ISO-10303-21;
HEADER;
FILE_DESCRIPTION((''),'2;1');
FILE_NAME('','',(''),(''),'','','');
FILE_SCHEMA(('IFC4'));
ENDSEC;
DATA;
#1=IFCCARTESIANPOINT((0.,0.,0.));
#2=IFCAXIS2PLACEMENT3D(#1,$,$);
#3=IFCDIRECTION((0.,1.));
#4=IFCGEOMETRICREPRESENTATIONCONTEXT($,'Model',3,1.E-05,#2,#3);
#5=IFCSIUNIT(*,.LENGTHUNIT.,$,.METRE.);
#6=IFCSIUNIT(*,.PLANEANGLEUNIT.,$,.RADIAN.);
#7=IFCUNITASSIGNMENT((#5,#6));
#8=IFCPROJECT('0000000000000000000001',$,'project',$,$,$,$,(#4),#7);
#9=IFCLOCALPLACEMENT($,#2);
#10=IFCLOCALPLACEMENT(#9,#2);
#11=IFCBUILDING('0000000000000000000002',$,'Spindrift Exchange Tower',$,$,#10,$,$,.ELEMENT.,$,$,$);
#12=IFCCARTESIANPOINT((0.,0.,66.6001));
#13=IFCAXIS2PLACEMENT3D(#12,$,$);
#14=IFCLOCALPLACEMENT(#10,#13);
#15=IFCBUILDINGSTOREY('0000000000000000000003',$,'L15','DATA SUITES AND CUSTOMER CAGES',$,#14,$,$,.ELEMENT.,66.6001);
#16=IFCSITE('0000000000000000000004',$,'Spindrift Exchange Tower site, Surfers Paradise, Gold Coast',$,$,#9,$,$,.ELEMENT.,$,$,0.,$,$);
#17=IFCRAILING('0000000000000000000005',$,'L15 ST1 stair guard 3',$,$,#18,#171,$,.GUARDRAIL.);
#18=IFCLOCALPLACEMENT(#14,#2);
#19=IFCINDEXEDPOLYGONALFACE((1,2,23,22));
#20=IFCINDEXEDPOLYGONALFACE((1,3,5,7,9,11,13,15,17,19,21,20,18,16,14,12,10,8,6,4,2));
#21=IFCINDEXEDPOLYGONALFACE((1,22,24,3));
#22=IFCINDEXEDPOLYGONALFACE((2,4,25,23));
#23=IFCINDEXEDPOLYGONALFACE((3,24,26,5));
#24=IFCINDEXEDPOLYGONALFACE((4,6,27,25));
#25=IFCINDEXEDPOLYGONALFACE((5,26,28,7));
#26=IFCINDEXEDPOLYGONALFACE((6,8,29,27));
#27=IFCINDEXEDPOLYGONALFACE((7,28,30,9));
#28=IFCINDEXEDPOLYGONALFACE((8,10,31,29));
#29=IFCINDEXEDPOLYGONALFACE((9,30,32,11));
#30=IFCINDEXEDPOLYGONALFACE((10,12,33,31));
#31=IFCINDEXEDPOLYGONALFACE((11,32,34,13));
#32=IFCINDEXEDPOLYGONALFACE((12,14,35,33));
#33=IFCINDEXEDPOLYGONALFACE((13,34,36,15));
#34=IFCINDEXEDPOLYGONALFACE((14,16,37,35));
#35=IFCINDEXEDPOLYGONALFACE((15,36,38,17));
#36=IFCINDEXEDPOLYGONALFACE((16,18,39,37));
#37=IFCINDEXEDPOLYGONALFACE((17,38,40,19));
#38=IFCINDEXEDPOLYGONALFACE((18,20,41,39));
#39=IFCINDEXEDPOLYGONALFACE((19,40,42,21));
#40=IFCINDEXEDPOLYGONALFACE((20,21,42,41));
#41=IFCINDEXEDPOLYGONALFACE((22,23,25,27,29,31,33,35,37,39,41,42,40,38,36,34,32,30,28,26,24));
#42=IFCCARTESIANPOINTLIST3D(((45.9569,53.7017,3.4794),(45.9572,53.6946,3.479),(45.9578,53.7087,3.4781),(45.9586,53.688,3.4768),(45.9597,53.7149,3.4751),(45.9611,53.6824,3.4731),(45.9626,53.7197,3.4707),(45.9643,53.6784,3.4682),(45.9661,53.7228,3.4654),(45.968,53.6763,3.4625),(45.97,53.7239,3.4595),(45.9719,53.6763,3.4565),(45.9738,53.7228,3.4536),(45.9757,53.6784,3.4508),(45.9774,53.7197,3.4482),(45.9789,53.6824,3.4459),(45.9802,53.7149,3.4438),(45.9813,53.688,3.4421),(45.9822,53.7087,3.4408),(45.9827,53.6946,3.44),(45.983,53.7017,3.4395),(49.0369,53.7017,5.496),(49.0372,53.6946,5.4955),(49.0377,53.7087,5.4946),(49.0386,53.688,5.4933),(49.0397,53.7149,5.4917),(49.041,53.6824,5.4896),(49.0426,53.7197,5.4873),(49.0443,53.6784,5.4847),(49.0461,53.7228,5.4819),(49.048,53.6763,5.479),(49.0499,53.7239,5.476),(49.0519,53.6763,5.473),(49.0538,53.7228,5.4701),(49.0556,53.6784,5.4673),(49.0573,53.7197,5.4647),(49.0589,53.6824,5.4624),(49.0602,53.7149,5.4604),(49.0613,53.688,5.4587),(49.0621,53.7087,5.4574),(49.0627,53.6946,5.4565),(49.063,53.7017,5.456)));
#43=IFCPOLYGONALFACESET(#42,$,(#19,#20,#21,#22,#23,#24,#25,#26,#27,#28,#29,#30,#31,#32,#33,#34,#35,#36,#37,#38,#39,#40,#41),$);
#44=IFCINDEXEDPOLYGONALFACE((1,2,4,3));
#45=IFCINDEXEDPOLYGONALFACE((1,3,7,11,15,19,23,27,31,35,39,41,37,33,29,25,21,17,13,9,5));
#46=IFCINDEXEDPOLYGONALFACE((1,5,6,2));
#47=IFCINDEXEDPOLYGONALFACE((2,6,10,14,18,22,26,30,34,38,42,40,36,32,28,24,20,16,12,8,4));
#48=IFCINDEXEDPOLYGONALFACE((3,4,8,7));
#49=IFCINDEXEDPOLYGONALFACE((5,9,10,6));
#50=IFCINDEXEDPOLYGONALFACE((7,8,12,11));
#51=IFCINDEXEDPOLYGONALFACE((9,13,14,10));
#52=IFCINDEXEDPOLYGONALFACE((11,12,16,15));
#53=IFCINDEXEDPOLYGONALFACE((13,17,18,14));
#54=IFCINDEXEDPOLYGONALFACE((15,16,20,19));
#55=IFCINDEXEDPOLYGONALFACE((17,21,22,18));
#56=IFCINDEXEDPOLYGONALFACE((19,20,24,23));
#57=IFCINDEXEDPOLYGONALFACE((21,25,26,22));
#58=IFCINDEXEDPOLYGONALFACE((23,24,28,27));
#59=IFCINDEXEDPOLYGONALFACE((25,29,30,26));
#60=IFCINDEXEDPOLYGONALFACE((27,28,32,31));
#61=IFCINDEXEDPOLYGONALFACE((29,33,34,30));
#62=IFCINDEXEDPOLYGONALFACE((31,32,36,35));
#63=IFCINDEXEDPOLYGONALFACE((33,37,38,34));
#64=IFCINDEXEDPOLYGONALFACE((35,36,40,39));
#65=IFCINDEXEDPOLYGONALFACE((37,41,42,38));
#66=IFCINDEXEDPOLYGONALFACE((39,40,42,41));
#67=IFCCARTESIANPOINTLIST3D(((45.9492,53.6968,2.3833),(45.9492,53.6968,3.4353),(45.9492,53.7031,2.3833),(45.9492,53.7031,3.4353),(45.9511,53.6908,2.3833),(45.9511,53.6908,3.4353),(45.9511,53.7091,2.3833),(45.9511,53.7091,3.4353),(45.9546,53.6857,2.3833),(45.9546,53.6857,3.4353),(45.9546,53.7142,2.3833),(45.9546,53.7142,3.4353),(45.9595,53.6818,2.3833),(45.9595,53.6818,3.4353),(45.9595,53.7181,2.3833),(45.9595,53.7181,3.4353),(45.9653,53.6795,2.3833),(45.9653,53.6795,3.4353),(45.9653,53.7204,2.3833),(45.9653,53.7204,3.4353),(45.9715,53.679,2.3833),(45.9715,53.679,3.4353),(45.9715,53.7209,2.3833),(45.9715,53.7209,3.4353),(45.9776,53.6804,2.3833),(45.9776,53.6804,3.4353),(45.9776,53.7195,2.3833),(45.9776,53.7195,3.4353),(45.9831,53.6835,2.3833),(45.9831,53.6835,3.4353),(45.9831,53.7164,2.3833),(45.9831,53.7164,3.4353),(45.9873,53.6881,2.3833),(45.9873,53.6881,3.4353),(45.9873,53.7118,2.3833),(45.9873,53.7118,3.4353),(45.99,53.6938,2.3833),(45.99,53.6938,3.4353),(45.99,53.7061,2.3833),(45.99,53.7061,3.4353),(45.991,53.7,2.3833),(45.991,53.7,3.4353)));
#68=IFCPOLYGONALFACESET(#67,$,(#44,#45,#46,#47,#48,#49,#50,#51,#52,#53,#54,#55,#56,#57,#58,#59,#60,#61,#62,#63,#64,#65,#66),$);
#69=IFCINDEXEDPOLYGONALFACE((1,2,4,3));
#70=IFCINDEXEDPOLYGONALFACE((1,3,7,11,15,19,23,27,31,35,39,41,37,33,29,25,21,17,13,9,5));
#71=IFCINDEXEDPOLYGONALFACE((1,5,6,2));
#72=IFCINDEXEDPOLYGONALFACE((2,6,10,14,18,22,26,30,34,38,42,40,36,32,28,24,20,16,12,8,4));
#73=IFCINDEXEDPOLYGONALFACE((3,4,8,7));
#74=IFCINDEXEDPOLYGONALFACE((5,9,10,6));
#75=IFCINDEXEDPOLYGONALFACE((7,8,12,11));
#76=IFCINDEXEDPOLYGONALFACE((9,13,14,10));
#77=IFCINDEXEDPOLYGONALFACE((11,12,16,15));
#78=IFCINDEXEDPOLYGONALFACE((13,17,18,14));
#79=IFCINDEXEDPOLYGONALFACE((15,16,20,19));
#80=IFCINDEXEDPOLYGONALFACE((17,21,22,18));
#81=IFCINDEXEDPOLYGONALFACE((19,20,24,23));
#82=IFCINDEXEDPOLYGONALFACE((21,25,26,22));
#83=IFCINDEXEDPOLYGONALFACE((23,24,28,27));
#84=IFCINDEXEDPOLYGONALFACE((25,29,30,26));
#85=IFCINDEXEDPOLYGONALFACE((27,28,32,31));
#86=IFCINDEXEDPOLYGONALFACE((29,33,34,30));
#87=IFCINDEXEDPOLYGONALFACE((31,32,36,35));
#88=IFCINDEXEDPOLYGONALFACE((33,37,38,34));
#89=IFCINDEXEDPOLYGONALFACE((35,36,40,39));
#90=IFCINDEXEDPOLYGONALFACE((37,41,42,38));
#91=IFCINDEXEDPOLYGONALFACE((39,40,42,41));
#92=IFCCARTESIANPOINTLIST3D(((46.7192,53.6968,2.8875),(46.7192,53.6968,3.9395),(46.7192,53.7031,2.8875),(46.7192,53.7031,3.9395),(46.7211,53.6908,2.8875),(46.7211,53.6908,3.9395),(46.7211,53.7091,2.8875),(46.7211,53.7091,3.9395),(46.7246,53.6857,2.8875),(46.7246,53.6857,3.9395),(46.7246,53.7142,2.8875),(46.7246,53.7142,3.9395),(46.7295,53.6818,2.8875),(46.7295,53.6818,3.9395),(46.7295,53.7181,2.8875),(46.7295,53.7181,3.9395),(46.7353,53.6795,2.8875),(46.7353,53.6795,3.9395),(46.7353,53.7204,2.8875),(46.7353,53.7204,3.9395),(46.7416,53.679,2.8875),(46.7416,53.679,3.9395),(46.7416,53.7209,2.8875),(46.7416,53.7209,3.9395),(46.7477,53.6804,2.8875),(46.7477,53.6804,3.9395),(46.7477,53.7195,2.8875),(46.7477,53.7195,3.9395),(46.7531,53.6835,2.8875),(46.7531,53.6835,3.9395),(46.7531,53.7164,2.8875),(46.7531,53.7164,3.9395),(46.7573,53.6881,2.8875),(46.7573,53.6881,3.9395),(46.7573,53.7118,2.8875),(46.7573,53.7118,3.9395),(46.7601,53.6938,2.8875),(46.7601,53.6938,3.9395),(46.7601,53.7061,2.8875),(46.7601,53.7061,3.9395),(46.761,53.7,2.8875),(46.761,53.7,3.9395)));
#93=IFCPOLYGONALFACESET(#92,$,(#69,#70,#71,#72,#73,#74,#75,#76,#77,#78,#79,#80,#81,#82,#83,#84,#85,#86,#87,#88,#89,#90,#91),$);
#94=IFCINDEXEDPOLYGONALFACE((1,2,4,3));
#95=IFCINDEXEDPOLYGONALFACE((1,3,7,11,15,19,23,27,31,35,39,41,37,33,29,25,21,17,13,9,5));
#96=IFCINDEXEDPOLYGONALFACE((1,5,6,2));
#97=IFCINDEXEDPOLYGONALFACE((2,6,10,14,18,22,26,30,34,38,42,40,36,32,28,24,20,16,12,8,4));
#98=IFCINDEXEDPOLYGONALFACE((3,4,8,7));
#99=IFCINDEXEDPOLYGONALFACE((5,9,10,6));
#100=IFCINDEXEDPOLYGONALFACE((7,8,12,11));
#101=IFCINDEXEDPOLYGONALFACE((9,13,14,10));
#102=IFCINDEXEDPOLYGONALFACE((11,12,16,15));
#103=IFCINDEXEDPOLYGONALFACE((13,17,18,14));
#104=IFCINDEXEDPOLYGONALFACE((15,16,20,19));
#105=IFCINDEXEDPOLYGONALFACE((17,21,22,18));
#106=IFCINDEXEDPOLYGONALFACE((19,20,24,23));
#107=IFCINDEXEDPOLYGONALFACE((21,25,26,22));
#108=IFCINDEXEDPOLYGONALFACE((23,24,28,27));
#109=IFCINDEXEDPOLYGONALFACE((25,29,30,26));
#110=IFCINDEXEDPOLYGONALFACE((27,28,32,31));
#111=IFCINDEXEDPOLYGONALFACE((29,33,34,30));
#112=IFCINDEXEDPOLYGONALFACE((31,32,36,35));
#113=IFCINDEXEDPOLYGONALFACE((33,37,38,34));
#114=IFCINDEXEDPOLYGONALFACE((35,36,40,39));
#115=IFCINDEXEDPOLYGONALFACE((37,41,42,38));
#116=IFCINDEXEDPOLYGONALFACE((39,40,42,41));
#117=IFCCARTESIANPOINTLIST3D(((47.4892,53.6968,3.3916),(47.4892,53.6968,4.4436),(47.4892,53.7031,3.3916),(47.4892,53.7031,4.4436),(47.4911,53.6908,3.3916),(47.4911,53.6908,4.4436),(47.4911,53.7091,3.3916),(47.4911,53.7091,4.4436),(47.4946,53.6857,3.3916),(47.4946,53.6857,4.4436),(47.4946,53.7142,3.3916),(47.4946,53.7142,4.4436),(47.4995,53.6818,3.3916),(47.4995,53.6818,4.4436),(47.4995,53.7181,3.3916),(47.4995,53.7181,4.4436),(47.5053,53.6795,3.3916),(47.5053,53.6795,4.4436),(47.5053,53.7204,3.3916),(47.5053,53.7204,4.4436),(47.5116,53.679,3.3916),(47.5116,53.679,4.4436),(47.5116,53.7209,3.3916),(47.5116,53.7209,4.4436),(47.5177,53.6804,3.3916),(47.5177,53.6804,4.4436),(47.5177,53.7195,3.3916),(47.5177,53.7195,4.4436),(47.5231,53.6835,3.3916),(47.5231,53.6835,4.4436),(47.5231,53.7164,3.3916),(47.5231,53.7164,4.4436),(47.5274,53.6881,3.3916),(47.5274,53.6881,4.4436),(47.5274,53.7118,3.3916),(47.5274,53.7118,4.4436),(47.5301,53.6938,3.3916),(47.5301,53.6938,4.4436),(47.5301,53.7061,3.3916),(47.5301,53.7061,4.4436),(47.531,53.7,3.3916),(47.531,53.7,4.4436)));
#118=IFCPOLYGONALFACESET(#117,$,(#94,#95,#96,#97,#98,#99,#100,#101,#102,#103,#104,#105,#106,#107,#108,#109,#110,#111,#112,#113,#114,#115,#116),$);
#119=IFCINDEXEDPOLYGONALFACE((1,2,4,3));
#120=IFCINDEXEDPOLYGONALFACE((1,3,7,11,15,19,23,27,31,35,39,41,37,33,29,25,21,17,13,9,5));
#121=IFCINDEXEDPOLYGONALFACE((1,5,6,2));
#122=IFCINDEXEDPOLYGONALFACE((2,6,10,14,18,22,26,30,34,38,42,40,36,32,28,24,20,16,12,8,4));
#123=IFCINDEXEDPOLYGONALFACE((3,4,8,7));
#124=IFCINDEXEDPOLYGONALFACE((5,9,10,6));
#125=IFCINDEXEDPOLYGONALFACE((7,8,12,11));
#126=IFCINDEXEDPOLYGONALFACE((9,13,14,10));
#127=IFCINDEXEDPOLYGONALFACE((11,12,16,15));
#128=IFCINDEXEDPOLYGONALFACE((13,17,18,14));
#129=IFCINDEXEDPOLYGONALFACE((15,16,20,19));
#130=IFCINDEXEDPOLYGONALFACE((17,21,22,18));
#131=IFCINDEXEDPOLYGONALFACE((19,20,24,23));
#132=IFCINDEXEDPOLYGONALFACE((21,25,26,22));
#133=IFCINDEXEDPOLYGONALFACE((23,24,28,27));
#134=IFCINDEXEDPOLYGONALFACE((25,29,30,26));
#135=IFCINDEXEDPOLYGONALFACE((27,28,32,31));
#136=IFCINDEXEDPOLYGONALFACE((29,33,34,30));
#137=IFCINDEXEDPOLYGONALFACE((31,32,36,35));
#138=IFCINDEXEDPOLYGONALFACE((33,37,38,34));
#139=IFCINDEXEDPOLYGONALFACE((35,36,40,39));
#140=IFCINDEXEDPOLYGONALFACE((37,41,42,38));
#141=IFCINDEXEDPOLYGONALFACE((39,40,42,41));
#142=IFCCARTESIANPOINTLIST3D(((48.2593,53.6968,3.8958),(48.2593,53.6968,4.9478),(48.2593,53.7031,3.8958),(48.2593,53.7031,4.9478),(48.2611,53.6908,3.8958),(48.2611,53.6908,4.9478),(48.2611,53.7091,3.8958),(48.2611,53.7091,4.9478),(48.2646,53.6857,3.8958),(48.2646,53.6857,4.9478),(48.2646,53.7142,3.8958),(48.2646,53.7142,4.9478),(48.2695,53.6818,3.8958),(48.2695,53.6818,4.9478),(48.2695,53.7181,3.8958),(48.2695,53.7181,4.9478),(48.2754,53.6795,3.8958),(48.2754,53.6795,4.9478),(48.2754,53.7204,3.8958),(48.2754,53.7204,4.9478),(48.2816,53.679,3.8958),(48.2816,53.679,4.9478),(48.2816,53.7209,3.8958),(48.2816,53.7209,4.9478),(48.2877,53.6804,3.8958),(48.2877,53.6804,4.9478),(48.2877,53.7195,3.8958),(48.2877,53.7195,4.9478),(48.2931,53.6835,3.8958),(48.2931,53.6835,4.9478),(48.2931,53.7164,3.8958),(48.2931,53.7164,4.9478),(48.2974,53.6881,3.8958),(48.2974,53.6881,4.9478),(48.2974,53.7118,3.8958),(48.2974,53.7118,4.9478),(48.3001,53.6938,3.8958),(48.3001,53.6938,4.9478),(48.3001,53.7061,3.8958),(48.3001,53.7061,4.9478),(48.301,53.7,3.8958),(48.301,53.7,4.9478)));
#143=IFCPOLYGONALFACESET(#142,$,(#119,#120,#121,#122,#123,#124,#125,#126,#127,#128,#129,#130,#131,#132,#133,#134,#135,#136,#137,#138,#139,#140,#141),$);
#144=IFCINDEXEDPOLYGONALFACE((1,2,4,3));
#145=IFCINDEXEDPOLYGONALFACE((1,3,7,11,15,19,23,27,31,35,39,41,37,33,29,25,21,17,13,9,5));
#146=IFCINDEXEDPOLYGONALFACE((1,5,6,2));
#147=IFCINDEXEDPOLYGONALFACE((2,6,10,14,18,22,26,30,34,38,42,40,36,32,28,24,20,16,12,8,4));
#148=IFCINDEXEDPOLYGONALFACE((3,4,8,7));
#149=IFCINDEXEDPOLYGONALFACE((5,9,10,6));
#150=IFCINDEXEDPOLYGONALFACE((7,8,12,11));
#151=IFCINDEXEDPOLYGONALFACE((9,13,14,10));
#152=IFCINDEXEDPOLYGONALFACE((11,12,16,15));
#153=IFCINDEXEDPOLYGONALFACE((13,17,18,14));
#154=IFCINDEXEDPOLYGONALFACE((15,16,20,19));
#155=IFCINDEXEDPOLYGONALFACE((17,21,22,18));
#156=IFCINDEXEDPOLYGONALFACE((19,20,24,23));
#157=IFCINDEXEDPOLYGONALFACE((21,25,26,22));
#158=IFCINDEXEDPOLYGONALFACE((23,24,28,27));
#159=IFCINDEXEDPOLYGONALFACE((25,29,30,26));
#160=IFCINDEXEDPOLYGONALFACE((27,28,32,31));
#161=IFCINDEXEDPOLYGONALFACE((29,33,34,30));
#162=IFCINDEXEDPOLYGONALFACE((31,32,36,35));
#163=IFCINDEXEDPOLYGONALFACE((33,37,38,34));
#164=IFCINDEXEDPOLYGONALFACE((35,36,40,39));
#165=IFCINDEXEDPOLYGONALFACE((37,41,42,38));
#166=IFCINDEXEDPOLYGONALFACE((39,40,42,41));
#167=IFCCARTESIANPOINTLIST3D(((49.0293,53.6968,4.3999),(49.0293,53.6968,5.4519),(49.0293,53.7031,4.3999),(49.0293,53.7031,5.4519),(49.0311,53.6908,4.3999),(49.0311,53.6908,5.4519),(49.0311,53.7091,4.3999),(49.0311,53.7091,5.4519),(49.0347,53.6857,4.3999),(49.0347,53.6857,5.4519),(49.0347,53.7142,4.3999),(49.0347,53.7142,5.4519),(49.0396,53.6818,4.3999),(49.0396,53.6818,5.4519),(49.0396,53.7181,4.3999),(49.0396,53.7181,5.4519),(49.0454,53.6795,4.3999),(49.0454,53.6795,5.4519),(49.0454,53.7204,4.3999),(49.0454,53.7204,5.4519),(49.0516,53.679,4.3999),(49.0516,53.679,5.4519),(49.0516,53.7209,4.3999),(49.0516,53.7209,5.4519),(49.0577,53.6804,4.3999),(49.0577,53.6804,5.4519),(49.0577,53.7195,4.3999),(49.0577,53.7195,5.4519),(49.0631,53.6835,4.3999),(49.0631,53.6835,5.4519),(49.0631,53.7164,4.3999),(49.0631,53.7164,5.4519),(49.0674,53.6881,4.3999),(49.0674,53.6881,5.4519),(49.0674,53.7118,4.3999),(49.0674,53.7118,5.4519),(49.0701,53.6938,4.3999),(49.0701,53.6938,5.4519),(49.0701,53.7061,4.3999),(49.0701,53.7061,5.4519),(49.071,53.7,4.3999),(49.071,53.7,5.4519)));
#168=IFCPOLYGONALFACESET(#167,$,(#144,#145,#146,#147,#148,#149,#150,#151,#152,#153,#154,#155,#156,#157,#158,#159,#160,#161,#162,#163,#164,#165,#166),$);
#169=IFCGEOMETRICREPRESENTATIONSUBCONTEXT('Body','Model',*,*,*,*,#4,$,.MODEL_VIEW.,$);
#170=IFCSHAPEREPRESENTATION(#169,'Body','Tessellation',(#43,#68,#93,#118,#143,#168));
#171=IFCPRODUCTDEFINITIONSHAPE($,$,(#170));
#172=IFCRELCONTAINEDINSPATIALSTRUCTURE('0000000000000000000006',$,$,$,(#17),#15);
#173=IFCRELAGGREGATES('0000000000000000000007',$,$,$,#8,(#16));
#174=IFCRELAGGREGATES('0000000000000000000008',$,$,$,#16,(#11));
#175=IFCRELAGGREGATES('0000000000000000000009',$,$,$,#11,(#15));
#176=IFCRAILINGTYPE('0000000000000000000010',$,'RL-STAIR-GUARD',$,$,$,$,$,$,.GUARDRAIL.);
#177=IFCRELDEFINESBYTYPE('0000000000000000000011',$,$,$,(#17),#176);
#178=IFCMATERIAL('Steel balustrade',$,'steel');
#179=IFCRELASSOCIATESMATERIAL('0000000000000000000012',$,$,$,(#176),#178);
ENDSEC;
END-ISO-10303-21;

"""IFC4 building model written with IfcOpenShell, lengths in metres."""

from ifc_helpers import new_model, si_unit, direction, frame, origin, origin_2d, place, context, subcontext, project, spatial, circle, extrude, material, type_object, element, save


model = new_model("IFC4")

# Units and contexts
model_context = context("Model", 3, precision=1e-05, world=origin(), true_north=direction((0.0, 1.0)))
body_context = subcontext(model_context, "Body", "Model", "MODEL_VIEW")
ifc_project = project(units=[si_unit("LENGTHUNIT", "METRE"), si_unit("PLANEANGLEUNIT", "RADIAN")], contexts=[model_context])

# Site, building, storey
site_placement = place(None, origin())
site = spatial("IfcSite", under=ifc_project, at=site_placement, Name="Spindrift Exchange Tower site, Surfers Paradise, Gold Coast", CompositionType="ELEMENT", RefElevation=0.0)
building_placement = place(site_placement, origin())
building = spatial("IfcBuilding", under=site, at=building_placement, Name="Spindrift Exchange Tower", CompositionType="ELEMENT")
storey_placement = place(building_placement, frame((0.0, 0.0, 66.6001)))
storey = spatial("IfcBuildingStorey", under=building, at=storey_placement, Name="L15", Description="DATA SUITES AND CUSTOMER CAGES", CompositionType="ELEMENT", Elevation=66.6001)

# Railing
ifc_material_1 = material(Name="Steel balustrade", Category="steel")
railing_type_1 = type_object("IfcRailingType", Name="RL-STAIR-GUARD", PredefinedType="GUARDRAIL", material=ifc_material_1)
railing_1_placement = place(storey_placement, frame((45.97, 53.7, 2.3833)))
element("IfcRailing", 1, at=railing_1_placement, inside=storey, type_object=railing_type_1, Name="L15 ST1 stair guard 3", PredefinedType="GUARDRAIL", context=body_context, shape_type="SweptSolid", body=[
    extrude(circle(Radius=0.0239, at=origin_2d()), frame((0.0, 0.0, 1.0762), z_axis=(0.836633, 0.0, 0.547764), x_axis=(0.0, 1.0, 0.0)), (0.0, 0.0, 1.0), 3.6814),
    extrude(circle(Radius=0.021, at=origin_2d()), origin(), (0.0, 0.0, 1.0), 1.052),
    extrude(circle(Radius=0.021, at=origin_2d()), frame((0.77, 0.0, 0.5042)), (0.0, 0.0, 1.0), 1.052),
    extrude(circle(Radius=0.021, at=origin_2d()), frame((1.54, 0.0, 1.0083)), (0.0, 0.0, 1.0), 1.052),
    extrude(circle(Radius=0.021, at=origin_2d()), frame((2.3101, 0.0, 1.5125)), (0.0, 0.0, 1.0), 1.052),
    extrude(circle(Radius=0.021, at=origin_2d()), frame((3.0801, 0.0, 2.0166)), (0.0, 0.0, 1.0), 1.052),
])

save(model, "model.ifc")
